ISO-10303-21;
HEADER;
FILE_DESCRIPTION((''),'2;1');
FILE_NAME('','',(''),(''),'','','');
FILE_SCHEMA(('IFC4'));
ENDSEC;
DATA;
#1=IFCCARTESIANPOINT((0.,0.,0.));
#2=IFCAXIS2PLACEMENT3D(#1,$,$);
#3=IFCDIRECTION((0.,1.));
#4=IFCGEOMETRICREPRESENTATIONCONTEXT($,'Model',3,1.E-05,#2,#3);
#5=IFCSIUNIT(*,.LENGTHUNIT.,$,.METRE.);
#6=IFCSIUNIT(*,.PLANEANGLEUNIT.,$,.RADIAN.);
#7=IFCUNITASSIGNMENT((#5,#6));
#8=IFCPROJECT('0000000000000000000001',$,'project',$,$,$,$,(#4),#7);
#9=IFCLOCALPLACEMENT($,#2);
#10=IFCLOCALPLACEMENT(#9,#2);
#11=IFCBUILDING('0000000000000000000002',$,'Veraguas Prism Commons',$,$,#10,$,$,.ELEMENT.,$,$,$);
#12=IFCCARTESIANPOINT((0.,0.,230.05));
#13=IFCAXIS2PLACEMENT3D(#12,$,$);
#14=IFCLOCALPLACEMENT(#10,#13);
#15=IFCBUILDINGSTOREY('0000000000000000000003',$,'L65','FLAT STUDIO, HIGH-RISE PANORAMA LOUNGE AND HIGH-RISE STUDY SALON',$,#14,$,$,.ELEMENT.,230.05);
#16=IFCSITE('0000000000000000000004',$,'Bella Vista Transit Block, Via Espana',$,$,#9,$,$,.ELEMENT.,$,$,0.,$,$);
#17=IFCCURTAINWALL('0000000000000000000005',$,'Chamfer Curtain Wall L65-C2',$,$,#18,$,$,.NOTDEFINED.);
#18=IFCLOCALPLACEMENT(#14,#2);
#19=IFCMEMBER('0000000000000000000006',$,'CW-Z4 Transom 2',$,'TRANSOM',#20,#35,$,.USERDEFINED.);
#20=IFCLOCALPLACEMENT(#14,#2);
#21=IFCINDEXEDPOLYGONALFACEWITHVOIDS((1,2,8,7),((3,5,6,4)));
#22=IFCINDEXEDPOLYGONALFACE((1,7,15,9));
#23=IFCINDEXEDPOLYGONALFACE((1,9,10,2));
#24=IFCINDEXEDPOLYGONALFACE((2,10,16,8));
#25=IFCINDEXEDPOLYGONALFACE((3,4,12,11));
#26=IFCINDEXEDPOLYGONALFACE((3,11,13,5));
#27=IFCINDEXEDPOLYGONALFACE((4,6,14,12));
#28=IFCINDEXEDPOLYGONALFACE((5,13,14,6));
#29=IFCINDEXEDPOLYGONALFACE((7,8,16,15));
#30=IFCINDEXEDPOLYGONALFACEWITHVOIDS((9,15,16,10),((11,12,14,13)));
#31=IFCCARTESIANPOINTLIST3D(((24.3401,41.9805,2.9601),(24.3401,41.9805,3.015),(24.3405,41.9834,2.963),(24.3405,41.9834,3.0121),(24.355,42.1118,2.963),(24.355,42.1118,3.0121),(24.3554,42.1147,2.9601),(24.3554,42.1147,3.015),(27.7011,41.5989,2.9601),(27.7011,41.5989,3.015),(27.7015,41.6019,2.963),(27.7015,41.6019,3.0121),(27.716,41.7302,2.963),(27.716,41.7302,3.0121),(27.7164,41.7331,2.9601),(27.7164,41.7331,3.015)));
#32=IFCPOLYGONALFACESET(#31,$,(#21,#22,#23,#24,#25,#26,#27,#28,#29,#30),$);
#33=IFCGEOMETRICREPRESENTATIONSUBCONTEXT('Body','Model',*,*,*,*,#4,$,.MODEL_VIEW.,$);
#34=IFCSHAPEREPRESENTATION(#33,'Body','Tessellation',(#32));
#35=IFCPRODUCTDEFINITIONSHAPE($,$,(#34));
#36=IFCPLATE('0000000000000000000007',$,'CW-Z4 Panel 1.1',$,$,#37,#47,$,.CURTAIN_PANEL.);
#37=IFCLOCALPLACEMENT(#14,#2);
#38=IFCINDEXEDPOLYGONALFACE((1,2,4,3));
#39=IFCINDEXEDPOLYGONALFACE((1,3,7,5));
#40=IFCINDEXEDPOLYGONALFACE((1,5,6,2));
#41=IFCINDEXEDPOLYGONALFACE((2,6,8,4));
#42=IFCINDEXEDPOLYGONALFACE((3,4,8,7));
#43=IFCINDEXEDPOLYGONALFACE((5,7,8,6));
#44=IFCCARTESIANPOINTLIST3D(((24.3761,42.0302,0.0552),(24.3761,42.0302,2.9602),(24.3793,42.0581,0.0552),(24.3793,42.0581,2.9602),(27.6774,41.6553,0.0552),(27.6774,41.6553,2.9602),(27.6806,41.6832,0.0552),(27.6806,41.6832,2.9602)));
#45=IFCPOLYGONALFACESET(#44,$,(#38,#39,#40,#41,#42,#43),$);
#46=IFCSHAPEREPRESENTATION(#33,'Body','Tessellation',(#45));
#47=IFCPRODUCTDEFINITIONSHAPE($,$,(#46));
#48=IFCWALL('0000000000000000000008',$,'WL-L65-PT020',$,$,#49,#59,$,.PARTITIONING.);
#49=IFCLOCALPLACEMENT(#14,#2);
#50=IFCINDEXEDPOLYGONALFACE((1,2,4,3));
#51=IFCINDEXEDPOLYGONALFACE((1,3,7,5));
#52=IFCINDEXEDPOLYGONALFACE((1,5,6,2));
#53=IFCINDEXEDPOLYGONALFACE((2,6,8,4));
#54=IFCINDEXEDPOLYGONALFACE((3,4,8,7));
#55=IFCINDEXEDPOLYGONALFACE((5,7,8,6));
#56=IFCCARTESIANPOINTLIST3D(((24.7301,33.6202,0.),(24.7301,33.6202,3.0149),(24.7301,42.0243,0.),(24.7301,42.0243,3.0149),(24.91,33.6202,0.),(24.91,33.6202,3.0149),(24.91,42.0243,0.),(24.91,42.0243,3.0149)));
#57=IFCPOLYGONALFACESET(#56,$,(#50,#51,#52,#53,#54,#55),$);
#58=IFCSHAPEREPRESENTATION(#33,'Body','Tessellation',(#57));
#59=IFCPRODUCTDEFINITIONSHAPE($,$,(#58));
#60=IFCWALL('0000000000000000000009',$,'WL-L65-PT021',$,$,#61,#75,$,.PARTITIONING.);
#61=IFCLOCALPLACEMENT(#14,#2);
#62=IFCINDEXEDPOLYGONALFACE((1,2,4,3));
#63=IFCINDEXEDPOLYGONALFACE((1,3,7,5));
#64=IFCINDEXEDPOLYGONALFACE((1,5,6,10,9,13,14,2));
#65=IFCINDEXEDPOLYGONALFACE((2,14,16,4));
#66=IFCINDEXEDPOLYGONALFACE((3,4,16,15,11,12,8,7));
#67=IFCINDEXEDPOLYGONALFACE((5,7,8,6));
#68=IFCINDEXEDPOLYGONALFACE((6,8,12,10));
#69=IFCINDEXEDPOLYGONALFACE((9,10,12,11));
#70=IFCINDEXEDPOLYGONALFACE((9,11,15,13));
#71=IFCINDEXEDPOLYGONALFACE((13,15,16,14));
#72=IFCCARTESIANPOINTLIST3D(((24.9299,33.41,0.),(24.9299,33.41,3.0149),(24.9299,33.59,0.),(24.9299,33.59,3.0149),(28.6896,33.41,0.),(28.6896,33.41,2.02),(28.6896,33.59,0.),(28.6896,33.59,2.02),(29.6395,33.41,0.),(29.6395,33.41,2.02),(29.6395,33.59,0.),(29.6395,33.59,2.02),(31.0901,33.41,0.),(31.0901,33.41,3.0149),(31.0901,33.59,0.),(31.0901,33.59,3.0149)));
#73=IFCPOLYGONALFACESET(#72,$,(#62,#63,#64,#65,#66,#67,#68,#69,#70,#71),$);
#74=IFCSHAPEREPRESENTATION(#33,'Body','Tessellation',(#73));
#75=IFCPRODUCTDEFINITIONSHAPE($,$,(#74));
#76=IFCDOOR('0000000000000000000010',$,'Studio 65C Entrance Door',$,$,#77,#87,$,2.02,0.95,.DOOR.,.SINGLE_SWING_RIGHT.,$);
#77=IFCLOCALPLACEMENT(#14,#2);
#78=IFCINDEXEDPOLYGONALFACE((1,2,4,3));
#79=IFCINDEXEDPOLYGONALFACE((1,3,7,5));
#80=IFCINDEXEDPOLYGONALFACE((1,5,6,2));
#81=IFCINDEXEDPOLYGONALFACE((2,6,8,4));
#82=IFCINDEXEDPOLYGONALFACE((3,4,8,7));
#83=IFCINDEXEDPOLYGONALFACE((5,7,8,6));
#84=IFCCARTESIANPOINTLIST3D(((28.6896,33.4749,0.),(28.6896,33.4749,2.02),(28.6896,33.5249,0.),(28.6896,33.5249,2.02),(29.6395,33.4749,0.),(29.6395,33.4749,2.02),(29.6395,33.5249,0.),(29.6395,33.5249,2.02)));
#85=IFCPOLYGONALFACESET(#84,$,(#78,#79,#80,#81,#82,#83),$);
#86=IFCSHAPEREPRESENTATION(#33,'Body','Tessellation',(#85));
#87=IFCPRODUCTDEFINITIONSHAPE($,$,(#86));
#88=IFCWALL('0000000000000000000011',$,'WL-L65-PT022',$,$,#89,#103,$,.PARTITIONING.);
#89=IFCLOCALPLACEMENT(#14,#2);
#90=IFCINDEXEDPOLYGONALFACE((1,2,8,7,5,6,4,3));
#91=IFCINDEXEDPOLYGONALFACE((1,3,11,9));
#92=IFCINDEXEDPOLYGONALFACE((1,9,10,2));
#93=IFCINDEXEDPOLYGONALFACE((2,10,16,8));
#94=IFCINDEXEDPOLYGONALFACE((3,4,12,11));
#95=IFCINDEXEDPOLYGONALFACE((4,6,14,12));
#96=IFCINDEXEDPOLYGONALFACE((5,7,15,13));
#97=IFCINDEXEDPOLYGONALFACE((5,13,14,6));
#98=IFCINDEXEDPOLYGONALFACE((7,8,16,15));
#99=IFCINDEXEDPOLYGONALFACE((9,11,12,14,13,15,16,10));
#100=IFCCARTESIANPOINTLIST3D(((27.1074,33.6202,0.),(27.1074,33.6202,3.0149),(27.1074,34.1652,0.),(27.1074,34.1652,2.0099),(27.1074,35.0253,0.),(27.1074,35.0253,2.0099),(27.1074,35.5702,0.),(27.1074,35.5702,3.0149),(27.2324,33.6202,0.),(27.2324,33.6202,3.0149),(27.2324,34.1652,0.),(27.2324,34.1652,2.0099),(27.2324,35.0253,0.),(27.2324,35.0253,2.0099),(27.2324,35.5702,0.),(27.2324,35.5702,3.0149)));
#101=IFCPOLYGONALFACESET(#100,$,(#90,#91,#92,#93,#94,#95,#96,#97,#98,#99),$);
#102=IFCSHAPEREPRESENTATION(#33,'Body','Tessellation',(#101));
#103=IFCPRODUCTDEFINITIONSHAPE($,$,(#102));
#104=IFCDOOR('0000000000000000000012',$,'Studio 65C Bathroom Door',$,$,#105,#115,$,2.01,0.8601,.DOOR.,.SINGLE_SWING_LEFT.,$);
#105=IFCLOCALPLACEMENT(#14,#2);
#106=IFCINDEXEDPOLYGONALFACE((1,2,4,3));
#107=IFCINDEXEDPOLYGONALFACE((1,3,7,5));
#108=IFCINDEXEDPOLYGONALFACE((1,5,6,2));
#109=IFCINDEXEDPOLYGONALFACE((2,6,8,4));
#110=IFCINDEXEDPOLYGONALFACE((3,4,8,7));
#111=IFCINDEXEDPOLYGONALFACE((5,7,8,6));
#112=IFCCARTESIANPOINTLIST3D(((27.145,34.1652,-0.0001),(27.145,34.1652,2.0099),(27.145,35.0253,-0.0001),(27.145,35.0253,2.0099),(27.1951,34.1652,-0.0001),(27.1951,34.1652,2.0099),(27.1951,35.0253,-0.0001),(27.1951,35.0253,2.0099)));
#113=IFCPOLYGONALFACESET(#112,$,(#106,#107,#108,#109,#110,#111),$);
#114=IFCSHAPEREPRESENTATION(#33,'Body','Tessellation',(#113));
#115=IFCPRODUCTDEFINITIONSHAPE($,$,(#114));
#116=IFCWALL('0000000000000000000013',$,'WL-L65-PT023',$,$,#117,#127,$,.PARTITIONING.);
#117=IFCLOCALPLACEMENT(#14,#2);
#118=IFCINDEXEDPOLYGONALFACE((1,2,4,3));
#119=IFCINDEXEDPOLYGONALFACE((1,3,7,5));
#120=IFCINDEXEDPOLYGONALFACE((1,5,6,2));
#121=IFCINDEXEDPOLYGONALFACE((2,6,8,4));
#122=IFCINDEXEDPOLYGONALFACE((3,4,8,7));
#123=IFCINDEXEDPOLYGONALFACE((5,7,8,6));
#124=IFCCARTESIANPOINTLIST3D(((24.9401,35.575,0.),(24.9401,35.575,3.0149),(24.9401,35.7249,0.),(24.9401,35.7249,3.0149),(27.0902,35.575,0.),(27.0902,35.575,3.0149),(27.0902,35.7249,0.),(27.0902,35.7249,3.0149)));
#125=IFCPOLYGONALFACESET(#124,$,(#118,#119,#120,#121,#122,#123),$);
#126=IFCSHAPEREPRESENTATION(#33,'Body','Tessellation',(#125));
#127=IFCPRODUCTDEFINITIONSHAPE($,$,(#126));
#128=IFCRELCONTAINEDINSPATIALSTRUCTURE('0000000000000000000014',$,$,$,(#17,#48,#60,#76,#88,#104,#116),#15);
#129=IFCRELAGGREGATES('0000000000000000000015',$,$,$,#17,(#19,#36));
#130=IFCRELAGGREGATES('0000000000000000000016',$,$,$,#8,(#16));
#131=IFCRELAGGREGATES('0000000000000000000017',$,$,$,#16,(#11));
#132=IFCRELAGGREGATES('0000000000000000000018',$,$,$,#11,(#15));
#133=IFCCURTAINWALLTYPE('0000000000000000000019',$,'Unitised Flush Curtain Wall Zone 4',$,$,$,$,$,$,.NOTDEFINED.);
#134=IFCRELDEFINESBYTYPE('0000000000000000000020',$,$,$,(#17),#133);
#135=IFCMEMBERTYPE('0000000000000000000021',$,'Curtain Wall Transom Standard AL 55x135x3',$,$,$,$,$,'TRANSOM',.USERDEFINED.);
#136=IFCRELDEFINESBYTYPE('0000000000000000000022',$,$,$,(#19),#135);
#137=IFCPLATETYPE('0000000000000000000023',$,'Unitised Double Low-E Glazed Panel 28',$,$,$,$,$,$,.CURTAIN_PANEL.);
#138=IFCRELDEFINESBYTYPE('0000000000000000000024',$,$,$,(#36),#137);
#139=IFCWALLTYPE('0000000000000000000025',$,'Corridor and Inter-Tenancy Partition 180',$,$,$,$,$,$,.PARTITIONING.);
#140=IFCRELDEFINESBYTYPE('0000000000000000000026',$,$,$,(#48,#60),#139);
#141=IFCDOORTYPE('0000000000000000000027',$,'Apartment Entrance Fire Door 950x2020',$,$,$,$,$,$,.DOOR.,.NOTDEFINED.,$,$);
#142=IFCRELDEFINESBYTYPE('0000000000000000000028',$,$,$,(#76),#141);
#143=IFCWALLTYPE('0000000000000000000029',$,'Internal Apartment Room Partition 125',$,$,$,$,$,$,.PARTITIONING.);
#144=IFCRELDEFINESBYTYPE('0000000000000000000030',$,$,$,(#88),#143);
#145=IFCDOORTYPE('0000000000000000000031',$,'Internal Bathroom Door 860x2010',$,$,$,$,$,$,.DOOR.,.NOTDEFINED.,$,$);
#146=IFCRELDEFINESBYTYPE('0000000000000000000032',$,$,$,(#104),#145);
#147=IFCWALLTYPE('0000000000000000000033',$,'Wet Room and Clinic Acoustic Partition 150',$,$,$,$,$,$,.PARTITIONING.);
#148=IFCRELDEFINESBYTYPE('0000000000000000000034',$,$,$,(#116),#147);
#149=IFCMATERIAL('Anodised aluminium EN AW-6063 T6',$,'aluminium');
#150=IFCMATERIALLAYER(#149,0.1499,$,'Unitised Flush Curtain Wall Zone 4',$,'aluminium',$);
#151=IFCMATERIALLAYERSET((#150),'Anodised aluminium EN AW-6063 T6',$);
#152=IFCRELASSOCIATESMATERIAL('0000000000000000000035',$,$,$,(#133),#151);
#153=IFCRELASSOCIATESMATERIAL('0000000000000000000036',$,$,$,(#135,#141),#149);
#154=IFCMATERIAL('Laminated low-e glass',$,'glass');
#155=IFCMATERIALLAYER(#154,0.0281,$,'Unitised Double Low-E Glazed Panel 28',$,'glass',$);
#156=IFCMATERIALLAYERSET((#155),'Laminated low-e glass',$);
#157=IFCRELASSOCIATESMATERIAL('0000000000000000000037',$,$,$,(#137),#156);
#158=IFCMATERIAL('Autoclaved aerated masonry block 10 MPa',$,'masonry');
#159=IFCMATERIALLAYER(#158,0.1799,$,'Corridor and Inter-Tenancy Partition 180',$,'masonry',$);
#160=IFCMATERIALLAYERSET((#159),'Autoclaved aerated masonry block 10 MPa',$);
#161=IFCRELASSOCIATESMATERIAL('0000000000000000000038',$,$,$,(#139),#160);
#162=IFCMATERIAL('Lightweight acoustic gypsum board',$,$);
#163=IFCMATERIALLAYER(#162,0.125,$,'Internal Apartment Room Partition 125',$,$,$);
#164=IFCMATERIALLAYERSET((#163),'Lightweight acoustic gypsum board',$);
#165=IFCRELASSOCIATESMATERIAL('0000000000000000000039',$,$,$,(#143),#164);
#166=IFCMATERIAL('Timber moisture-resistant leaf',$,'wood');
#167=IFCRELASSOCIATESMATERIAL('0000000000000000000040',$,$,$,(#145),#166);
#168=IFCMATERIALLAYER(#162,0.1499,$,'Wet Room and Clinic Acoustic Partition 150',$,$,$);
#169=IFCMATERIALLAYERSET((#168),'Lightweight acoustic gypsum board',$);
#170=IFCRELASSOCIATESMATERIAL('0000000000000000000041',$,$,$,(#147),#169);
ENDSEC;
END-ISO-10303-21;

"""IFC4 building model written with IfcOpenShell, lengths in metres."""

from ifc_helpers import new_model, si_unit, direction, frame, frame_2d, origin, origin_2d, place, context, subcontext, project, spatial, rectangle, hollow_rectangle, extrude, source, transform, mapped, material, layer, layer_set, material_profile, profile_set, type_object, element, fill, aggregate, save


model = new_model("IFC4")

# Units and contexts
model_context = context("Model", 3, precision=1e-05, world=origin(), true_north=direction((0.0, 1.0)))
body_context = subcontext(model_context, "Body", "Model", "MODEL_VIEW")
ifc_project = project(units=[si_unit("LENGTHUNIT", "METRE"), si_unit("PLANEANGLEUNIT", "RADIAN")], contexts=[model_context])

# Site, building, storey
site_placement = place(None, origin())
site = spatial("IfcSite", under=ifc_project, at=site_placement, Name="Bella Vista Transit Block, Via Espana", CompositionType="ELEMENT", RefElevation=0.0)
building_placement = place(site_placement, origin())
building = spatial("IfcBuilding", under=site, at=building_placement, Name="Veraguas Prism Commons", CompositionType="ELEMENT")
storey_placement = place(building_placement, frame((0.0, 0.0, 230.05)))
storey = spatial("IfcBuildingStorey", under=building, at=storey_placement, Name="L65", Description="FLAT STUDIO, HIGH-RISE PANORAMA LOUNGE AND HIGH-RISE STUDY SALON", CompositionType="ELEMENT", Elevation=230.05)

# Shared definitions
ifc_material_1 = material(Name="Anodised aluminium EN AW-6063 T6", Category="aluminium")
ifc_layer_1 = layer(ifc_material_1, 0.1499, Name="Unitised Flush Curtain Wall Zone 4", Category="aluminium")
ifc_layer_set_1 = layer_set([ifc_layer_1], Name="Anodised aluminium EN AW-6063 T6")
curtain_wall_type = type_object("IfcCurtainWallType", Name="Unitised Flush Curtain Wall Zone 4", PredefinedType="NOTDEFINED", material=ifc_layer_set_1)

# Curtain wall
curtain_wall_1_placement = place(storey_placement, origin())
curtain_wall_1 = element("IfcCurtainWall", 1, at=curtain_wall_1_placement, inside=storey, type_object=curtain_wall_type, Name="Chamfer Curtain Wall L65-C2", PredefinedType="NOTDEFINED")

# Member
ifc_material_profile_1 = material_profile(ifc_material_1, hollow_rectangle(XDim=0.0549, YDim=0.135, WallThickness=0.0029, at=origin_2d()), Name="AL55X135X3")
ifc_profile_set_1 = profile_set([ifc_material_profile_1], Name="Anodised aluminium EN AW-6063 T6")
member_type_1 = type_object("IfcMemberType", Name="Curtain Wall Transom Standard AL 55x135x3", ElementType="TRANSOM", PredefinedType="USERDEFINED", material=ifc_profile_set_1)
shared_shape_1 = source(origin(), body_context, "Body", "SweptSolid", [
    extrude(hollow_rectangle(XDim=0.0549, YDim=0.135, WallThickness=0.0029, at=origin_2d()), origin(), (0.0, 0.0, 1.0), 3.3826),
])
member_1_placement = place(storey_placement, frame((27.7087, 41.666, 2.9875), z_axis=(-0.993617, 0.112808, 0.0), x_axis=(0.0, 0.0, 1.0)))
member_1 = element("IfcMember", 2, at=member_1_placement, type_object=member_type_1, Name="CW-Z4 Transom 2", ObjectType="TRANSOM", PredefinedType="USERDEFINED", context=body_context, shape_type="MappedRepresentation", body=[
    mapped(shared_shape_1, transform((0.0, 0.0, 0.0), scale=1.0)),
])

# Plate
ifc_material_2 = material(Name="Laminated low-e glass", Category="glass")
ifc_layer_2 = layer(ifc_material_2, 0.0281, Name="Unitised Double Low-E Glazed Panel 28", Category="glass")
ifc_layer_set_2 = layer_set([ifc_layer_2], Name="Laminated low-e glass")
plate_type = type_object("IfcPlateType", Name="Unitised Double Low-E Glazed Panel 28", PredefinedType="CURTAIN_PANEL", material=ifc_layer_set_2)
shared_shape_2 = source(origin(), body_context, "Body", "SweptSolid", [
    extrude(rectangle(XDim=3.3225, YDim=0.0281, at=origin_2d()), origin(), (0.0, 0.0, 1.0), 2.905),
])
plate_placement = place(storey_placement, frame((26.0283, 41.8567, 0.0552), z_axis=(0.0, 0.0, 1.0), x_axis=(-0.993615, 0.112822, 0.0)))
plate = element("IfcPlate", 3, at=plate_placement, type_object=plate_type, Name="CW-Z4 Panel 1.1", PredefinedType="CURTAIN_PANEL", context=body_context, shape_type="MappedRepresentation", body=[
    mapped(shared_shape_2, transform((0.0, 0.0, 0.0), scale=1.0)),
])
aggregate(curtain_wall_1, [member_1, plate])

# Wall
ifc_material_3 = material(Name="Autoclaved aerated masonry block 10 MPa", Category="masonry")
ifc_layer_3 = layer(ifc_material_3, 0.1799, Name="Corridor and Inter-Tenancy Partition 180", Category="masonry")
ifc_layer_set_3 = layer_set([ifc_layer_3], Name="Autoclaved aerated masonry block 10 MPa")
wall_type_1 = type_object("IfcWallType", Name="Corridor and Inter-Tenancy Partition 180", PredefinedType="PARTITIONING", material=ifc_layer_set_3)
wall_1_placement = place(storey_placement, frame((24.8201, 33.6201, 0.0), z_axis=(0.0, 0.0, 1.0), x_axis=(0.0, 1.0, 0.0)))
element("IfcWall", 4, at=wall_1_placement, inside=storey, type_object=wall_type_1, Name="WL-L65-PT020", PredefinedType="PARTITIONING", context=body_context, shape_type="SweptSolid", body=[
    extrude(rectangle(XDim=8.4041, YDim=0.1799, at=frame_2d((4.2021, 0.0))), origin(), (0.0, 0.0, 1.0), 3.0149),
])

# Walls, openings, doors
wall_2_placement = place(storey_placement, frame((24.9299, 33.5, 0.0), z_axis=(0.0, 0.0, 1.0), x_axis=(1.0, 0.0, 0.0)))
wall_2 = element("IfcWall", 5, at=wall_2_placement, inside=storey, type_object=wall_type_1, Name="WL-L65-PT021", PredefinedType="PARTITIONING", context=body_context, shape_type="SweptSolid", body=[
    extrude(rectangle(XDim=6.1602, YDim=0.1799, at=frame_2d((3.0801, 0.0))), origin(), (0.0, 0.0, 1.0), 3.0149),
])
opening_1_placement = place(wall_2_placement, frame((3.7595, 0.0, 0.0)))
opening_1 = element("IfcOpeningElement", 6, at=opening_1_placement, cuts=wall_2, PredefinedType="OPENING", context=body_context, shape_type="SweptSolid", body=[
    extrude(rectangle(XDim=0.95, YDim=2.02, at=frame_2d((0.4751, 1.01))), frame((0.0, 0.0999, 0.0), z_axis=(0.0, -1.0, 0.0), x_axis=(1.0, 0.0, 0.0)), (0.0, 0.0, 1.0), 0.2),
])
door_type_1 = type_object("IfcDoorType", Name="Apartment Entrance Fire Door 950x2020", OperationType="NOTDEFINED", PredefinedType="DOOR", material=ifc_material_1)
shared_shape_3 = source(origin(), body_context, "Body", "SweptSolid", [
    extrude(rectangle(XDim=0.95, YDim=2.02, at=frame_2d((0.4751, 1.01))), frame((0.0, 0.0249, 0.0), z_axis=(0.0, -1.0, 0.0), x_axis=(1.0, 0.0, 0.0)), (0.0, 0.0, 1.0), 0.05),
])
door_1_placement = place(opening_1_placement, origin())
door_1 = element("IfcDoor", 7, at=door_1_placement, inside=storey, type_object=door_type_1, Name="Studio 65C Entrance Door", OperationType="SINGLE_SWING_RIGHT", OverallHeight=2.02, OverallWidth=0.95, PredefinedType="DOOR", context=body_context, shape_type="MappedRepresentation", body=[
    mapped(shared_shape_3, transform((0.0, 0.0, 0.0), scale=1.0)),
])
fill(opening_1, door_1)
ifc_material_4 = material(Name="Lightweight acoustic gypsum board")
ifc_layer_4 = layer(ifc_material_4, 0.125, Name="Internal Apartment Room Partition 125")
ifc_layer_set_4 = layer_set([ifc_layer_4], Name="Lightweight acoustic gypsum board")
wall_type_2 = type_object("IfcWallType", Name="Internal Apartment Room Partition 125", PredefinedType="PARTITIONING", material=ifc_layer_set_4)
wall_3_placement = place(storey_placement, frame((27.1699, 33.6201, 0.0), z_axis=(0.0, 0.0, 1.0), x_axis=(0.0, 1.0, 0.0)))
wall_3 = element("IfcWall", 8, at=wall_3_placement, inside=storey, type_object=wall_type_2, Name="WL-L65-PT022", PredefinedType="PARTITIONING", context=body_context, shape_type="SweptSolid", body=[
    extrude(rectangle(XDim=1.95, YDim=0.125, at=frame_2d((0.9751, 0.0))), origin(), (0.0, 0.0, 1.0), 3.0149),
])
opening_2_placement = place(wall_3_placement, frame((0.5449, 0.0, 0.0)))
opening_2 = element("IfcOpeningElement", 9, at=opening_2_placement, cuts=wall_3, PredefinedType="OPENING", context=body_context, shape_type="SweptSolid", body=[
    extrude(rectangle(XDim=0.8601, YDim=2.01, at=frame_2d((0.4302, 1.0049))), frame((0.0, 0.0725, 0.0), z_axis=(0.0, -1.0, 0.0), x_axis=(1.0, 0.0, 0.0)), (0.0, 0.0, 1.0), 0.145),
])
ifc_material_5 = material(Name="Timber moisture-resistant leaf", Category="wood")
door_type_2 = type_object("IfcDoorType", Name="Internal Bathroom Door 860x2010", OperationType="NOTDEFINED", PredefinedType="DOOR", material=ifc_material_5)
shared_shape_4 = source(origin(), body_context, "Body", "SweptSolid", [
    extrude(rectangle(XDim=0.8601, YDim=2.01, at=frame_2d((0.4302, 1.0049))), frame((0.0, 0.0249, 0.0), z_axis=(0.0, -1.0, 0.0), x_axis=(1.0, 0.0, 0.0)), (0.0, 0.0, 1.0), 0.05),
])
door_2_placement = place(opening_2_placement, origin())
door_2 = element("IfcDoor", 10, at=door_2_placement, inside=storey, type_object=door_type_2, Name="Studio 65C Bathroom Door", OperationType="SINGLE_SWING_LEFT", OverallHeight=2.01, OverallWidth=0.8601, PredefinedType="DOOR", context=body_context, shape_type="MappedRepresentation", body=[
    mapped(shared_shape_4, transform((0.0, 0.0, 0.0), scale=1.0)),
])
fill(opening_2, door_2)

# Wall
ifc_layer_5 = layer(ifc_material_4, 0.1499, Name="Wet Room and Clinic Acoustic Partition 150")
ifc_layer_set_5 = layer_set([ifc_layer_5], Name="Lightweight acoustic gypsum board")
wall_type_3 = type_object("IfcWallType", Name="Wet Room and Clinic Acoustic Partition 150", PredefinedType="PARTITIONING", material=ifc_layer_set_5)
wall_4_placement = place(storey_placement, frame((24.9399, 35.6499, 0.0), z_axis=(0.0, 0.0, 1.0), x_axis=(1.0, 0.0, 0.0)))
element("IfcWall", 11, at=wall_4_placement, inside=storey, type_object=wall_type_3, Name="WL-L65-PT023", PredefinedType="PARTITIONING", context=body_context, shape_type="SweptSolid", body=[
    extrude(rectangle(XDim=2.1501, YDim=0.1499, at=frame_2d((1.0752, 0.0))), origin(), (0.0, 0.0, 1.0), 3.0149),
])

save(model, "model.ifc")
